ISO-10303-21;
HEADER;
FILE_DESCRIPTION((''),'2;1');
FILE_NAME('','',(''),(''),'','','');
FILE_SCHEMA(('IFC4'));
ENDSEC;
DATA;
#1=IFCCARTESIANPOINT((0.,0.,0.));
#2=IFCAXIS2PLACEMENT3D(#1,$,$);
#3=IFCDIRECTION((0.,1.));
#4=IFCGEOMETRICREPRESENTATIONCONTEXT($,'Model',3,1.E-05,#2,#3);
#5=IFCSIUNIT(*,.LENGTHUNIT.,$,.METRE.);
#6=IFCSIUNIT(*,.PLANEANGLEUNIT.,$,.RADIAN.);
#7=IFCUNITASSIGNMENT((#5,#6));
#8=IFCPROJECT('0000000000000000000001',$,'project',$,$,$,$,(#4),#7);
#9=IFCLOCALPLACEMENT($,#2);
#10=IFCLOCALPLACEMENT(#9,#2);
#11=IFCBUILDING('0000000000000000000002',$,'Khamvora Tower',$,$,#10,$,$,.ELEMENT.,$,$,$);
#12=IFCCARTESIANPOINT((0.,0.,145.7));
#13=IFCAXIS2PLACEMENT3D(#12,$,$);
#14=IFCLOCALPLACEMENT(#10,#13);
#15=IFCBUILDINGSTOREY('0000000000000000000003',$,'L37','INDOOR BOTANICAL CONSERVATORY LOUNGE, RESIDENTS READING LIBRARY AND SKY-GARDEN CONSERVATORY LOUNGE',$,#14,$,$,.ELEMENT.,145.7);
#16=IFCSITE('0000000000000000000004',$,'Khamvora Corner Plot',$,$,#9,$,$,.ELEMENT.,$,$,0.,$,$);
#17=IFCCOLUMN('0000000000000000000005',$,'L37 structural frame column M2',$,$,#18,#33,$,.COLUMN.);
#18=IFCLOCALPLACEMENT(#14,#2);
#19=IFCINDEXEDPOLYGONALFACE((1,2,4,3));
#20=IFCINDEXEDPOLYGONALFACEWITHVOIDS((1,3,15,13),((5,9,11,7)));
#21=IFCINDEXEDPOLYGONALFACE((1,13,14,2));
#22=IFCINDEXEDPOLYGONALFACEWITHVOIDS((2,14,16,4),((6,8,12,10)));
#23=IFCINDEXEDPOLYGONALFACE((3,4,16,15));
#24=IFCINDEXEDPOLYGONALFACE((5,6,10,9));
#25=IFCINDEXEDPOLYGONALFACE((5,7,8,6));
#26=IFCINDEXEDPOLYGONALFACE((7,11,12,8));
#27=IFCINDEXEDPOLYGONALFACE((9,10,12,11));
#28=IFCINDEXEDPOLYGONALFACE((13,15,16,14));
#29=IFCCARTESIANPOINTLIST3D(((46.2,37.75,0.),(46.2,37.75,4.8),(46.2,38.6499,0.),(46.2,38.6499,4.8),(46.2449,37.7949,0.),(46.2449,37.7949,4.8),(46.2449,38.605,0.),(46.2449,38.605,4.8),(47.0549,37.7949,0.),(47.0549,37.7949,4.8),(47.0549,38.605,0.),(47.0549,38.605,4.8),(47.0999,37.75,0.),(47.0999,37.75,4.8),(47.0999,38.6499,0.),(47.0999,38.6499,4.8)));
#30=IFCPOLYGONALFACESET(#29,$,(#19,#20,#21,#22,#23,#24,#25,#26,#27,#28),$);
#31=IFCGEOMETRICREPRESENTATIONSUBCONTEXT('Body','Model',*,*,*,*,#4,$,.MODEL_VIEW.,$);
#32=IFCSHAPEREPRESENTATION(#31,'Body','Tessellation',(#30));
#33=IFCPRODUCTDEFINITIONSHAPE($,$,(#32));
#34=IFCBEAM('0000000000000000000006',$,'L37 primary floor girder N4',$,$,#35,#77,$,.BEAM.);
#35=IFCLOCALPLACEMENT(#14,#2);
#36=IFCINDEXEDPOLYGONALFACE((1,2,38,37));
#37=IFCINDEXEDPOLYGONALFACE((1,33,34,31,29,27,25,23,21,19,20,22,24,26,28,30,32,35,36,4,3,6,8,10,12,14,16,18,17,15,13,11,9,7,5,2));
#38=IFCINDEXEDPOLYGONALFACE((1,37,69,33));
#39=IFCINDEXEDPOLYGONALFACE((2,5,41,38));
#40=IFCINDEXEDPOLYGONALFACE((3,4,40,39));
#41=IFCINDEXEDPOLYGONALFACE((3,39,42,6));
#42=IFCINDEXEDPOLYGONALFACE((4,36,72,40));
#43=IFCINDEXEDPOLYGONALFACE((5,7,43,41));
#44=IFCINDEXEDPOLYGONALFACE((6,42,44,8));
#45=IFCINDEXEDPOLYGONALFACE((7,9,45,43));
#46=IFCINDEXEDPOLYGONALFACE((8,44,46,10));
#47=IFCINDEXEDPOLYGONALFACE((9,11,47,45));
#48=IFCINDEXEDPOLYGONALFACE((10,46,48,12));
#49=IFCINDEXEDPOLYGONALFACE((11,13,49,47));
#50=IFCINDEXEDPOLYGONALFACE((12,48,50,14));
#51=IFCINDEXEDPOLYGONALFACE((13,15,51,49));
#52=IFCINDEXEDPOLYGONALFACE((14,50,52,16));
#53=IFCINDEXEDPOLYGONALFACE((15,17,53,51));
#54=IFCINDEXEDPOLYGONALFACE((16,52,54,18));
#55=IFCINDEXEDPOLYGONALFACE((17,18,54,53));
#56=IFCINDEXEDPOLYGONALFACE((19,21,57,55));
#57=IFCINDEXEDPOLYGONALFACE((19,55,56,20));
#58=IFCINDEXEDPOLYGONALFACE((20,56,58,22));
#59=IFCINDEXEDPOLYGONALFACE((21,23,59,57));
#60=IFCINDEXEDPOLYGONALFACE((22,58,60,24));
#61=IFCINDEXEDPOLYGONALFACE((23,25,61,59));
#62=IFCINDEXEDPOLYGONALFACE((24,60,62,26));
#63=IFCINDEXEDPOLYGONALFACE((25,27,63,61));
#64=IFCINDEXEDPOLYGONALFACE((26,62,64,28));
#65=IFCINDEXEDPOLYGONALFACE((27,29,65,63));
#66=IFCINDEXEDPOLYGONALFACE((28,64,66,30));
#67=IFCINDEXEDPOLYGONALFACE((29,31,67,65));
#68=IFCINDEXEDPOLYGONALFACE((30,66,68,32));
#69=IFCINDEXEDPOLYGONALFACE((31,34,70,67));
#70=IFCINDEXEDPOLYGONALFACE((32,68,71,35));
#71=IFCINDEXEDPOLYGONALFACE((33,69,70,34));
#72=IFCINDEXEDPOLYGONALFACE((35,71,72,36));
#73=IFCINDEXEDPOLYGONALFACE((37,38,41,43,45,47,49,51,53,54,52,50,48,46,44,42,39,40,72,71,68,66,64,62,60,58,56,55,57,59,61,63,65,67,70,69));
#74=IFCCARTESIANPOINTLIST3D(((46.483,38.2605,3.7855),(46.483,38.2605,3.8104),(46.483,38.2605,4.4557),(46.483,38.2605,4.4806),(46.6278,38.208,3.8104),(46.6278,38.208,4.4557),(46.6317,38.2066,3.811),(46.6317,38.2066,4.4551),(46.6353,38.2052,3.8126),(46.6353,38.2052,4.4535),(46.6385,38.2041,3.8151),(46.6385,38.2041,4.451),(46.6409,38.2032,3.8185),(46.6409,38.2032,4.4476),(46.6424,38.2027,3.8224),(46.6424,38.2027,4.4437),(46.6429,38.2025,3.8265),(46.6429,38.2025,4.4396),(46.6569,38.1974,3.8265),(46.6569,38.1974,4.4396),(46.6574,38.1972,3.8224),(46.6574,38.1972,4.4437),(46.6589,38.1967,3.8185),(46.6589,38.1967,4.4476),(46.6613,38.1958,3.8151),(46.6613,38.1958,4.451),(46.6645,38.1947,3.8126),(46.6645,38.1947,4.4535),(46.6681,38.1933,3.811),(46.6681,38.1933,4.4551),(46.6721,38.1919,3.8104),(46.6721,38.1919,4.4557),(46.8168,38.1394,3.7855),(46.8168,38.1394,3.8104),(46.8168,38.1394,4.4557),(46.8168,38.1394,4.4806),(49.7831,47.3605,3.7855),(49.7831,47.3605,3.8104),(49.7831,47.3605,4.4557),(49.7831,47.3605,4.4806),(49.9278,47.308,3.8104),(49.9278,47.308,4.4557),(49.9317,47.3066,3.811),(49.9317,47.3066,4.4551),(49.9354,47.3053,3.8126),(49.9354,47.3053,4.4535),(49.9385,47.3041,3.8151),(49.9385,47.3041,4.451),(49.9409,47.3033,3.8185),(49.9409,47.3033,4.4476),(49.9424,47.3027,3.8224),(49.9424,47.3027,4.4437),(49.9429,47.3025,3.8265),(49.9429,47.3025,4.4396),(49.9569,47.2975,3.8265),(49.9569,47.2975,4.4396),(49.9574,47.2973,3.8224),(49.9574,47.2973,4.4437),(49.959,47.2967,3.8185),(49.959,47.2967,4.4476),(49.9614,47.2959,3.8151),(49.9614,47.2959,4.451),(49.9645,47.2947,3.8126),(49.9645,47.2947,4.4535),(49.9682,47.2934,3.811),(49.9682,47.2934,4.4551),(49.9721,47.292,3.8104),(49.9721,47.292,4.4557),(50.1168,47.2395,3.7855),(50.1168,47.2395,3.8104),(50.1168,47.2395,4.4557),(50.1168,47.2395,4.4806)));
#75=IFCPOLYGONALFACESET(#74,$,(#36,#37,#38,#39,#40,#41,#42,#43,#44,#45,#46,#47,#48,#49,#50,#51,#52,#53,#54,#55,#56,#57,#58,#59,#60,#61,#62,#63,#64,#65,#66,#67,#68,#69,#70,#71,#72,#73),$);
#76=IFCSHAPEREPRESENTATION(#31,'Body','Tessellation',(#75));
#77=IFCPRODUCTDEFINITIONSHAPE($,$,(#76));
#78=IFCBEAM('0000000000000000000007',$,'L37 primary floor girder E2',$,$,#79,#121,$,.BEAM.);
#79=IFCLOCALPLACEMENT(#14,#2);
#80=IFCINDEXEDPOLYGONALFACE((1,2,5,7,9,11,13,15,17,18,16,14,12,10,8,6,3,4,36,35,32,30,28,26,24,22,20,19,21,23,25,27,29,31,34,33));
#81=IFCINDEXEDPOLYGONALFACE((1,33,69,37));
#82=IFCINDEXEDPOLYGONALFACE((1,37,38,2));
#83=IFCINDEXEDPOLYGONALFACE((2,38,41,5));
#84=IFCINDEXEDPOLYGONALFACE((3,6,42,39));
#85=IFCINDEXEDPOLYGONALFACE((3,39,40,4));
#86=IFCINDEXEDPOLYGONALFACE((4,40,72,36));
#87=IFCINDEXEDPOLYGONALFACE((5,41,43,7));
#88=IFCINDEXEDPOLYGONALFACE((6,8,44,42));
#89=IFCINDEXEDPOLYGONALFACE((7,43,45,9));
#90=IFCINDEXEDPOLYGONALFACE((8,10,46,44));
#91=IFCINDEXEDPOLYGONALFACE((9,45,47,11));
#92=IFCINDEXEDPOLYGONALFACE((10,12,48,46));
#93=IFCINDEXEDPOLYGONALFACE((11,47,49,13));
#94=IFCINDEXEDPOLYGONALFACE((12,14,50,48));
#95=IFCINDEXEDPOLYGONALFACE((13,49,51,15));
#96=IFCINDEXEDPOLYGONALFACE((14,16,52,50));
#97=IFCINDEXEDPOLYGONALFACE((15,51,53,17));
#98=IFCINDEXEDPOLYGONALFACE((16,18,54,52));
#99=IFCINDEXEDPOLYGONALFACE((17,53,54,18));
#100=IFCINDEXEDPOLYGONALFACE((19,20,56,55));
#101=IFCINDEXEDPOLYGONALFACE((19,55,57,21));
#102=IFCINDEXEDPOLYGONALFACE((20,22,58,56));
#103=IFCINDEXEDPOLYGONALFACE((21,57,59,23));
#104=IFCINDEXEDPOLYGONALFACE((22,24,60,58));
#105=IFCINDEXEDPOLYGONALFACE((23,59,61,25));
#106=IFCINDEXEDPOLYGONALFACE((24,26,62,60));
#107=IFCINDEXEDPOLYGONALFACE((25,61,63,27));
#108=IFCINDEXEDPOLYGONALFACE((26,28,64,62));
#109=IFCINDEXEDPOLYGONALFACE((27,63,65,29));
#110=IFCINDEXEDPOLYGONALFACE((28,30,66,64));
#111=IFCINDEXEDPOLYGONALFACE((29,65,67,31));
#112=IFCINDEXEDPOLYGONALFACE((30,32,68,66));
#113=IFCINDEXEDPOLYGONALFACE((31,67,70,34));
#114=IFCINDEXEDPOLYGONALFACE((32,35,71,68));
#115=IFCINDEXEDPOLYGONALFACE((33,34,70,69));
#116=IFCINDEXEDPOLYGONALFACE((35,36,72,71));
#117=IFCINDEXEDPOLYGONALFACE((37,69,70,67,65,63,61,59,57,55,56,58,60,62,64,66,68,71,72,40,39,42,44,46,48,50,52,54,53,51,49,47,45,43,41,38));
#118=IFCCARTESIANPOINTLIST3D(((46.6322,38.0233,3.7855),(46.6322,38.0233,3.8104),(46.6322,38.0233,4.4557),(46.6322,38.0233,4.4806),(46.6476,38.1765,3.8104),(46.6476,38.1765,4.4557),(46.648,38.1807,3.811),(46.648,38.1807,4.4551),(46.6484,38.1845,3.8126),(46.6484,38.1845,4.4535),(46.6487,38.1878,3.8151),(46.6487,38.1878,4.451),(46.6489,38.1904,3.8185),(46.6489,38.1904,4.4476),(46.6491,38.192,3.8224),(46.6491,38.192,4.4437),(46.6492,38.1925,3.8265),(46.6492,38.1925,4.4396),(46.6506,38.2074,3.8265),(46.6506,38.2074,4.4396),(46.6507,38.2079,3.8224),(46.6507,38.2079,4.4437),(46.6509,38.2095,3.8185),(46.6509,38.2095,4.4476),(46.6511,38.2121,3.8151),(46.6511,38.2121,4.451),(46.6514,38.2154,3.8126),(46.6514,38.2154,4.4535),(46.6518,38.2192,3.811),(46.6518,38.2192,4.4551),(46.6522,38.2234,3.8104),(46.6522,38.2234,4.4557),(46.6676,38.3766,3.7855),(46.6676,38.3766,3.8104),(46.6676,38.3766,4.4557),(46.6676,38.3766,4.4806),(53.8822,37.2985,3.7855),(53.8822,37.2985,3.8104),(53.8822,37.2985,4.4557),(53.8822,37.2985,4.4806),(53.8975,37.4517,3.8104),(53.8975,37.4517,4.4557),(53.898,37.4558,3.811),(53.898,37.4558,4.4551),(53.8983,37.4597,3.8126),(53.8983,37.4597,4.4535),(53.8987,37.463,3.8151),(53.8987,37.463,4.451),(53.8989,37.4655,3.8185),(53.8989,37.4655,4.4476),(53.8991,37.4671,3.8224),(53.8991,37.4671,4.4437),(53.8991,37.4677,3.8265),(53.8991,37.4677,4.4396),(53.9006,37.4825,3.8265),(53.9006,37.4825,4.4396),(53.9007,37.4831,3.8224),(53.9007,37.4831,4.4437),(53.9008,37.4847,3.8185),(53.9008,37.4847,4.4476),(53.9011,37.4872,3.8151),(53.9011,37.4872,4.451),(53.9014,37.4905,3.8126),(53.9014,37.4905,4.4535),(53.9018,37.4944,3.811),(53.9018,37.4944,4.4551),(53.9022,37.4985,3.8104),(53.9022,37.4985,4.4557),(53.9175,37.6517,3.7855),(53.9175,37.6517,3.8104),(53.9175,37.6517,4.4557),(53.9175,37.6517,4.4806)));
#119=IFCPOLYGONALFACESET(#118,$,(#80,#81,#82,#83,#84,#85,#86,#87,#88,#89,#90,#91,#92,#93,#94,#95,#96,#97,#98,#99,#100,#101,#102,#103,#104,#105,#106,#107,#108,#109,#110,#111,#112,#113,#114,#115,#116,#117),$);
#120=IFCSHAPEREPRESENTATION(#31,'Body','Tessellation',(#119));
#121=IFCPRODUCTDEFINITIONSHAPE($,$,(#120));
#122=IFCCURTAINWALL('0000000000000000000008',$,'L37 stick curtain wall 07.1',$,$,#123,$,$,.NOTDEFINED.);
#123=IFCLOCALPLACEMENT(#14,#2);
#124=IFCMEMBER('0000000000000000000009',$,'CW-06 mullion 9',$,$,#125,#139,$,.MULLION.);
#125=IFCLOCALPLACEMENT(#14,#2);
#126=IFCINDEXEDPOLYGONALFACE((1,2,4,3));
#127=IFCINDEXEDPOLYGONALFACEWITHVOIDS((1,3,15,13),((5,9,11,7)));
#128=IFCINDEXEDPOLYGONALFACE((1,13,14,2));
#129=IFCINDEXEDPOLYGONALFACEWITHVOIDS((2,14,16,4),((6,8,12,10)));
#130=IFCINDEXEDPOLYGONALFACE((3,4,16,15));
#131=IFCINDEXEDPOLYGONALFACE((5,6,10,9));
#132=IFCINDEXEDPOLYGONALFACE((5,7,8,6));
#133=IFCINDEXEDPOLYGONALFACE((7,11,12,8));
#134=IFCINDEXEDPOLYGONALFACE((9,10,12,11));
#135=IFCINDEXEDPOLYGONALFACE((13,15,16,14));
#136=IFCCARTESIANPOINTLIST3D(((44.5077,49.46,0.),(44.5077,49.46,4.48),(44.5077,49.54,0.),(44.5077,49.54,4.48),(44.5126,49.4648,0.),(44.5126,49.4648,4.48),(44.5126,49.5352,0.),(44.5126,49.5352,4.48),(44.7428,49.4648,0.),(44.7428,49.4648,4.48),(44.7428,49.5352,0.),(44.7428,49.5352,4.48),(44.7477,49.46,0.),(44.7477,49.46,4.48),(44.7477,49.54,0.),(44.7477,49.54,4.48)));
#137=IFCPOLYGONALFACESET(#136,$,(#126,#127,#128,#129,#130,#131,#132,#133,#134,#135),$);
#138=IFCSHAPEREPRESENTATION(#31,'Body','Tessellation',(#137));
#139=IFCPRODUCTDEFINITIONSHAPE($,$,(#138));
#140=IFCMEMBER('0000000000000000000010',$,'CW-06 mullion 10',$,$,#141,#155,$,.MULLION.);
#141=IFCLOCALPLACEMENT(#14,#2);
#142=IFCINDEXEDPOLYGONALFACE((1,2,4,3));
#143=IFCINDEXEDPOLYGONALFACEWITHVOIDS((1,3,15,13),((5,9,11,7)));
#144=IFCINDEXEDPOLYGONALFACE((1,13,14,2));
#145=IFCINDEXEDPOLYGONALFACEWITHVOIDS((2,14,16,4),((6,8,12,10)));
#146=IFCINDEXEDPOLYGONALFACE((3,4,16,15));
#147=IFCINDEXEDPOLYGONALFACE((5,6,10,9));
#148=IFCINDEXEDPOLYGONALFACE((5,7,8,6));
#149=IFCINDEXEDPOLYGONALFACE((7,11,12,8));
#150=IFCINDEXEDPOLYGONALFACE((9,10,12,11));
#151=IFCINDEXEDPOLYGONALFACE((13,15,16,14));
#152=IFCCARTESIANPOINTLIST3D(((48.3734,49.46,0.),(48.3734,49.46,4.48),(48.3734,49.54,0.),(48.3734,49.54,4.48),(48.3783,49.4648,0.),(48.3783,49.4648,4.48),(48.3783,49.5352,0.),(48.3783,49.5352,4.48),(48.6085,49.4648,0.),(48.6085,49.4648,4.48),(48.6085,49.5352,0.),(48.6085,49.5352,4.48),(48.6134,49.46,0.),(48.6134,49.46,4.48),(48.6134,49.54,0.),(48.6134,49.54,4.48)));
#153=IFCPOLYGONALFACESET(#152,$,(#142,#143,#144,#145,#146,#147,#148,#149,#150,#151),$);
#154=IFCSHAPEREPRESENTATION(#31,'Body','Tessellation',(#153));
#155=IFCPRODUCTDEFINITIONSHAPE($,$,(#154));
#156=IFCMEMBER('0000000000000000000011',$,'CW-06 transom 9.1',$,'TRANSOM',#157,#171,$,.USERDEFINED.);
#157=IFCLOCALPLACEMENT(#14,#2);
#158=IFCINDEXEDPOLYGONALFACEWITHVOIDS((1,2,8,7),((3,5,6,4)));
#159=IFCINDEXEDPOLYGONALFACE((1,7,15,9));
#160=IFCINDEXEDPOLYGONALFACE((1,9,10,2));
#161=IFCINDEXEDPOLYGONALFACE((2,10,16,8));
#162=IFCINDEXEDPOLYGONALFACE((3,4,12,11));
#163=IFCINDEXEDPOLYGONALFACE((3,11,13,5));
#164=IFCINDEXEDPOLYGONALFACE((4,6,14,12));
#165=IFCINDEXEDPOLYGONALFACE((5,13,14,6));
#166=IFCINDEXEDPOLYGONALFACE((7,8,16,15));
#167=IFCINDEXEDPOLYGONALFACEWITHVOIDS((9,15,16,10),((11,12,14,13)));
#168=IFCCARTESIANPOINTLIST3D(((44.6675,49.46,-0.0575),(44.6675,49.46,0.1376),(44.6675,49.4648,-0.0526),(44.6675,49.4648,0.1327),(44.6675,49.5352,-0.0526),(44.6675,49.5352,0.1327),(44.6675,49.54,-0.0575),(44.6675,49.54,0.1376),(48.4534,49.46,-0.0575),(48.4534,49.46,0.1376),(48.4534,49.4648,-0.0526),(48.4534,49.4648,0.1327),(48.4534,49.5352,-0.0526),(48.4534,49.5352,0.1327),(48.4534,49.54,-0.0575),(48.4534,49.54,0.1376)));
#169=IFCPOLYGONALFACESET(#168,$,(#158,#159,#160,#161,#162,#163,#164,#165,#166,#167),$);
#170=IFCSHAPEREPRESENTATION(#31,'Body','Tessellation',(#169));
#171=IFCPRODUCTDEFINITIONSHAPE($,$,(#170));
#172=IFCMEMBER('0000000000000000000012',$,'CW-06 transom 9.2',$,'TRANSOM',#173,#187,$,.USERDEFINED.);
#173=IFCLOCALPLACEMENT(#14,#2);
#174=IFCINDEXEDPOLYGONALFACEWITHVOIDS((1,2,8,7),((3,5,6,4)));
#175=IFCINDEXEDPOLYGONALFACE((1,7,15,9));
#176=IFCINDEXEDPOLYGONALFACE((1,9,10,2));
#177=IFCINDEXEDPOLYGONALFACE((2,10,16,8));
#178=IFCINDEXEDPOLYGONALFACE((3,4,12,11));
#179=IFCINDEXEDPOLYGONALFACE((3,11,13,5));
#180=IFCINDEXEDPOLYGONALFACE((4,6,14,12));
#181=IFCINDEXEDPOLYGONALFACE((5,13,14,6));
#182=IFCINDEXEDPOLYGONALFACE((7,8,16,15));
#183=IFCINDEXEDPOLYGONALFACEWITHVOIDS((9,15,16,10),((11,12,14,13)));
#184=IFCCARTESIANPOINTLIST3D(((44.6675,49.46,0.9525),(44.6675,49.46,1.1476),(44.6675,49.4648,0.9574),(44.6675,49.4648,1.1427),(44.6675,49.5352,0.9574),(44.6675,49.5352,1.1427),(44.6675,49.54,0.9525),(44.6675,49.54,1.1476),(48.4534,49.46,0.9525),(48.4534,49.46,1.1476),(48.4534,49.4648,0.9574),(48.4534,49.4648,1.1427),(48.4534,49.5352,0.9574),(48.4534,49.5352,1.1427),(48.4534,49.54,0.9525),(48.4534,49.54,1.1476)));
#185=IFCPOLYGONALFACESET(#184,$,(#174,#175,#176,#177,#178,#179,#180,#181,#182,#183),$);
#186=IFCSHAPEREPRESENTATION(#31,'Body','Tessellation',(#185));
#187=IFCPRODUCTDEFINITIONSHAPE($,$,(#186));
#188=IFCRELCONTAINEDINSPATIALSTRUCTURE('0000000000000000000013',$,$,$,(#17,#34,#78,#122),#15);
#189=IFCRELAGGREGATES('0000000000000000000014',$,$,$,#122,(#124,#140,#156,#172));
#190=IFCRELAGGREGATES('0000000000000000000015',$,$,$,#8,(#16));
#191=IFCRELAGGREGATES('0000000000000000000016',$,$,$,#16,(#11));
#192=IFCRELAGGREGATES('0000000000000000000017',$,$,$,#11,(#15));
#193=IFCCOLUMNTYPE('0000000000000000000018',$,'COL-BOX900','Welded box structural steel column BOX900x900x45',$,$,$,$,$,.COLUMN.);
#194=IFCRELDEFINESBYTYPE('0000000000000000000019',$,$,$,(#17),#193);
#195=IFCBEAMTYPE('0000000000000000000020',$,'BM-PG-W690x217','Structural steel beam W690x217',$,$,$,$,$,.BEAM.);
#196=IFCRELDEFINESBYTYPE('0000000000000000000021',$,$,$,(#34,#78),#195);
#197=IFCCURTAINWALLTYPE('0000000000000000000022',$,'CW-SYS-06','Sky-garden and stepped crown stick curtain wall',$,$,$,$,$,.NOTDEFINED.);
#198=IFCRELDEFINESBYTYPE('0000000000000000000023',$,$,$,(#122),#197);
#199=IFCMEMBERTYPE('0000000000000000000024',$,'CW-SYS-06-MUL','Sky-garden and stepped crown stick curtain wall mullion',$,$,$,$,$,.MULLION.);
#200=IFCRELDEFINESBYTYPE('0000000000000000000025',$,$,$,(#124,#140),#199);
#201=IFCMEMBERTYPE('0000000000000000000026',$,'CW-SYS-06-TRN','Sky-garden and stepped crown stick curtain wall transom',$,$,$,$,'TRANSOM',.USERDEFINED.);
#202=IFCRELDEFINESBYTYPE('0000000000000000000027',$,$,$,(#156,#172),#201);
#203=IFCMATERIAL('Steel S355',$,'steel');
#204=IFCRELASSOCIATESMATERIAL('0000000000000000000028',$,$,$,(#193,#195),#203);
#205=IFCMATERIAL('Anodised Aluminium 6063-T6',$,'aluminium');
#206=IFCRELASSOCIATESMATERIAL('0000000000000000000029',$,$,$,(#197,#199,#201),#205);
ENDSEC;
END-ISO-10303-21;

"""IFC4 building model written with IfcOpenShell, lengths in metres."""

from ifc_helpers import new_model, si_unit, direction, frame, origin, origin_2d, place, context, subcontext, project, spatial, hollow_rectangle, i_section, extrude, material, material_profile, profile_set, type_object, element, aggregate, save


model = new_model("IFC4")

# Units and contexts
model_context = context("Model", 3, precision=1e-05, world=origin(), true_north=direction((0.0, 1.0)))
body_context = subcontext(model_context, "Body", "Model", "MODEL_VIEW")
ifc_project = project(units=[si_unit("LENGTHUNIT", "METRE"), si_unit("PLANEANGLEUNIT", "RADIAN")], contexts=[model_context])

# Site, building, storey
site_placement = place(None, origin())
site = spatial("IfcSite", under=ifc_project, at=site_placement, Name="Khamvora Corner Plot", CompositionType="ELEMENT", RefElevation=0.0)
building_placement = place(site_placement, origin())
building = spatial("IfcBuilding", under=site, at=building_placement, Name="Khamvora Tower", CompositionType="ELEMENT")
storey_placement = place(building_placement, frame((0.0, 0.0, 145.7)))
storey = spatial("IfcBuildingStorey", under=building, at=storey_placement, Name="L37", Description="INDOOR BOTANICAL CONSERVATORY LOUNGE, RESIDENTS READING LIBRARY AND SKY-GARDEN CONSERVATORY LOUNGE", CompositionType="ELEMENT", Elevation=145.7)

# Column
ifc_material_1 = material(Name="Steel S355", Category="steel")
ifc_material_profile_1 = material_profile(ifc_material_1, hollow_rectangle(XDim=0.8999, YDim=0.8999, WallThickness=0.0449, at=origin_2d()), Name="BOX900x900x45")
ifc_profile_set_1 = profile_set([ifc_material_profile_1], Name="Steel S355")
column_type = type_object("IfcColumnType", Name="COL-BOX900", Description="Welded box structural steel column BOX900x900x45", PredefinedType="COLUMN", material=ifc_profile_set_1)
column_placement = place(storey_placement, frame((46.6499, 38.2, 0.0), z_axis=(0.0, 0.0, 1.0), x_axis=(1.0, 0.0, 0.0)))
element("IfcColumn", 1, at=column_placement, inside=storey, type_object=column_type, Name="L37 structural frame column M2", PredefinedType="COLUMN", context=body_context, shape_type="SweptSolid", body=[
    extrude(hollow_rectangle(XDim=0.8999, YDim=0.8999, WallThickness=0.0449, at=origin_2d()), origin(), (0.0, 0.0, 1.0), 4.8),
])

# Beams
ifc_material_profile_2 = material_profile(ifc_material_1, i_section(OverallWidth=0.355, OverallDepth=0.6951, WebThickness=0.0149, FlangeThickness=0.0249, FilletRadius=0.0161, at=origin_2d()), Name="W690x217")
ifc_profile_set_2 = profile_set([ifc_material_profile_2], Name="Steel S355")
beam_type = type_object("IfcBeamType", Name="BM-PG-W690x217", Description="Structural steel beam W690x217", PredefinedType="BEAM", material=ifc_profile_set_2)
beam_1_placement = place(storey_placement, frame((46.6499, 38.2, 4.1331), z_axis=(0.340915, 0.940094, 0.0), x_axis=(-0.940094, 0.340915, 0.0)))
element("IfcBeam", 2, at=beam_1_placement, inside=storey, type_object=beam_type, Name="L37 primary floor girder N4", PredefinedType="BEAM", context=body_context, shape_type="SweptSolid", body=[
    extrude(i_section(OverallWidth=0.355, OverallDepth=0.6951, WebThickness=0.0149, FlangeThickness=0.0249, FilletRadius=0.0161, at=origin_2d()), origin(), (0.0, 0.0, 1.0), 9.6799),
])
beam_2_placement = place(storey_placement, frame((46.6499, 38.2, 4.1331), z_axis=(0.995039, -0.099484, 0.0), x_axis=(0.099484, 0.995039, 0.0)))
element("IfcBeam", 3, at=beam_2_placement, inside=storey, type_object=beam_type, Name="L37 primary floor girder E2", PredefinedType="BEAM", context=body_context, shape_type="SweptSolid", body=[
    extrude(i_section(OverallWidth=0.355, OverallDepth=0.6951, WebThickness=0.0149, FlangeThickness=0.0249, FilletRadius=0.0161, at=origin_2d()), origin(), (0.0, 0.0, 1.0), 7.2861),
])

# Curtain wall, members
ifc_material_2 = material(Name="Anodised Aluminium 6063-T6", Category="aluminium")
curtain_wall_type = type_object("IfcCurtainWallType", Name="CW-SYS-06", Description="Sky-garden and stepped crown stick curtain wall", PredefinedType="NOTDEFINED", material=ifc_material_2)
curtain_wall_placement = place(storey_placement, origin())
curtain_wall = element("IfcCurtainWall", 4, at=curtain_wall_placement, inside=storey, type_object=curtain_wall_type, Name="L37 stick curtain wall 07.1", PredefinedType="NOTDEFINED")
ifc_material_profile_3 = material_profile(ifc_material_2, hollow_rectangle(XDim=0.0801, YDim=0.24, WallThickness=0.0049, at=origin_2d()), Name="MUL80x240x5")
ifc_profile_set_3 = profile_set([ifc_material_profile_3], Name="Anodised Aluminium 6063-T6")
member_type_1 = type_object("IfcMemberType", Name="CW-SYS-06-MUL", Description="Sky-garden and stepped crown stick curtain wall mullion", PredefinedType="MULLION", material=ifc_profile_set_3)
member_1_placement = place(storey_placement, frame((44.6277, 49.5, 0.0), z_axis=(0.0, 0.0, 1.0), x_axis=(0.0, 1.0, 0.0)))
member_1 = element("IfcMember", 5, at=member_1_placement, type_object=member_type_1, Name="CW-06 mullion 9", PredefinedType="MULLION", context=body_context, shape_type="SweptSolid", body=[
    extrude(hollow_rectangle(XDim=0.0801, YDim=0.24, WallThickness=0.0049, at=origin_2d()), origin(), (0.0, 0.0, 1.0), 4.48),
])
member_2_placement = place(storey_placement, frame((48.4934, 49.5, 0.0), z_axis=(0.0, 0.0, 1.0), x_axis=(0.0, 1.0, 0.0)))
member_2 = element("IfcMember", 6, at=member_2_placement, type_object=member_type_1, Name="CW-06 mullion 10", PredefinedType="MULLION", context=body_context, shape_type="SweptSolid", body=[
    extrude(hollow_rectangle(XDim=0.0801, YDim=0.24, WallThickness=0.0049, at=origin_2d()), origin(), (0.0, 0.0, 1.0), 4.48),
])
ifc_material_profile_4 = material_profile(ifc_material_2, hollow_rectangle(XDim=0.0801, YDim=0.1951, WallThickness=0.0049, at=origin_2d()), Name="TRN80x195x5")
ifc_profile_set_4 = profile_set([ifc_material_profile_4], Name="Anodised Aluminium 6063-T6")
member_type_2 = type_object("IfcMemberType", Name="CW-SYS-06-TRN", Description="Sky-garden and stepped crown stick curtain wall transom", ElementType="TRANSOM", PredefinedType="USERDEFINED", material=ifc_profile_set_4)
member_3_placement = place(storey_placement, frame((44.6675, 49.5, 0.04), z_axis=(1.0, 0.0, 0.0), x_axis=(0.0, 1.0, 0.0)))
member_3 = element("IfcMember", 7, at=member_3_placement, type_object=member_type_2, Name="CW-06 transom 9.1", ObjectType="TRANSOM", PredefinedType="USERDEFINED", context=body_context, shape_type="SweptSolid", body=[
    extrude(hollow_rectangle(XDim=0.0801, YDim=0.1951, WallThickness=0.0049, at=origin_2d()), origin(), (0.0, 0.0, 1.0), 3.7859),
])
member_4_placement = place(storey_placement, frame((44.6675, 49.5, 1.05), z_axis=(1.0, 0.0, 0.0), x_axis=(0.0, 1.0, 0.0)))
member_4 = element("IfcMember", 8, at=member_4_placement, type_object=member_type_2, Name="CW-06 transom 9.2", ObjectType="TRANSOM", PredefinedType="USERDEFINED", context=body_context, shape_type="SweptSolid", body=[
    extrude(hollow_rectangle(XDim=0.0801, YDim=0.1951, WallThickness=0.0049, at=origin_2d()), origin(), (0.0, 0.0, 1.0), 3.7859),
])
aggregate(curtain_wall, [member_1, member_2, member_3, member_4])

save(model, "model.ifc")
